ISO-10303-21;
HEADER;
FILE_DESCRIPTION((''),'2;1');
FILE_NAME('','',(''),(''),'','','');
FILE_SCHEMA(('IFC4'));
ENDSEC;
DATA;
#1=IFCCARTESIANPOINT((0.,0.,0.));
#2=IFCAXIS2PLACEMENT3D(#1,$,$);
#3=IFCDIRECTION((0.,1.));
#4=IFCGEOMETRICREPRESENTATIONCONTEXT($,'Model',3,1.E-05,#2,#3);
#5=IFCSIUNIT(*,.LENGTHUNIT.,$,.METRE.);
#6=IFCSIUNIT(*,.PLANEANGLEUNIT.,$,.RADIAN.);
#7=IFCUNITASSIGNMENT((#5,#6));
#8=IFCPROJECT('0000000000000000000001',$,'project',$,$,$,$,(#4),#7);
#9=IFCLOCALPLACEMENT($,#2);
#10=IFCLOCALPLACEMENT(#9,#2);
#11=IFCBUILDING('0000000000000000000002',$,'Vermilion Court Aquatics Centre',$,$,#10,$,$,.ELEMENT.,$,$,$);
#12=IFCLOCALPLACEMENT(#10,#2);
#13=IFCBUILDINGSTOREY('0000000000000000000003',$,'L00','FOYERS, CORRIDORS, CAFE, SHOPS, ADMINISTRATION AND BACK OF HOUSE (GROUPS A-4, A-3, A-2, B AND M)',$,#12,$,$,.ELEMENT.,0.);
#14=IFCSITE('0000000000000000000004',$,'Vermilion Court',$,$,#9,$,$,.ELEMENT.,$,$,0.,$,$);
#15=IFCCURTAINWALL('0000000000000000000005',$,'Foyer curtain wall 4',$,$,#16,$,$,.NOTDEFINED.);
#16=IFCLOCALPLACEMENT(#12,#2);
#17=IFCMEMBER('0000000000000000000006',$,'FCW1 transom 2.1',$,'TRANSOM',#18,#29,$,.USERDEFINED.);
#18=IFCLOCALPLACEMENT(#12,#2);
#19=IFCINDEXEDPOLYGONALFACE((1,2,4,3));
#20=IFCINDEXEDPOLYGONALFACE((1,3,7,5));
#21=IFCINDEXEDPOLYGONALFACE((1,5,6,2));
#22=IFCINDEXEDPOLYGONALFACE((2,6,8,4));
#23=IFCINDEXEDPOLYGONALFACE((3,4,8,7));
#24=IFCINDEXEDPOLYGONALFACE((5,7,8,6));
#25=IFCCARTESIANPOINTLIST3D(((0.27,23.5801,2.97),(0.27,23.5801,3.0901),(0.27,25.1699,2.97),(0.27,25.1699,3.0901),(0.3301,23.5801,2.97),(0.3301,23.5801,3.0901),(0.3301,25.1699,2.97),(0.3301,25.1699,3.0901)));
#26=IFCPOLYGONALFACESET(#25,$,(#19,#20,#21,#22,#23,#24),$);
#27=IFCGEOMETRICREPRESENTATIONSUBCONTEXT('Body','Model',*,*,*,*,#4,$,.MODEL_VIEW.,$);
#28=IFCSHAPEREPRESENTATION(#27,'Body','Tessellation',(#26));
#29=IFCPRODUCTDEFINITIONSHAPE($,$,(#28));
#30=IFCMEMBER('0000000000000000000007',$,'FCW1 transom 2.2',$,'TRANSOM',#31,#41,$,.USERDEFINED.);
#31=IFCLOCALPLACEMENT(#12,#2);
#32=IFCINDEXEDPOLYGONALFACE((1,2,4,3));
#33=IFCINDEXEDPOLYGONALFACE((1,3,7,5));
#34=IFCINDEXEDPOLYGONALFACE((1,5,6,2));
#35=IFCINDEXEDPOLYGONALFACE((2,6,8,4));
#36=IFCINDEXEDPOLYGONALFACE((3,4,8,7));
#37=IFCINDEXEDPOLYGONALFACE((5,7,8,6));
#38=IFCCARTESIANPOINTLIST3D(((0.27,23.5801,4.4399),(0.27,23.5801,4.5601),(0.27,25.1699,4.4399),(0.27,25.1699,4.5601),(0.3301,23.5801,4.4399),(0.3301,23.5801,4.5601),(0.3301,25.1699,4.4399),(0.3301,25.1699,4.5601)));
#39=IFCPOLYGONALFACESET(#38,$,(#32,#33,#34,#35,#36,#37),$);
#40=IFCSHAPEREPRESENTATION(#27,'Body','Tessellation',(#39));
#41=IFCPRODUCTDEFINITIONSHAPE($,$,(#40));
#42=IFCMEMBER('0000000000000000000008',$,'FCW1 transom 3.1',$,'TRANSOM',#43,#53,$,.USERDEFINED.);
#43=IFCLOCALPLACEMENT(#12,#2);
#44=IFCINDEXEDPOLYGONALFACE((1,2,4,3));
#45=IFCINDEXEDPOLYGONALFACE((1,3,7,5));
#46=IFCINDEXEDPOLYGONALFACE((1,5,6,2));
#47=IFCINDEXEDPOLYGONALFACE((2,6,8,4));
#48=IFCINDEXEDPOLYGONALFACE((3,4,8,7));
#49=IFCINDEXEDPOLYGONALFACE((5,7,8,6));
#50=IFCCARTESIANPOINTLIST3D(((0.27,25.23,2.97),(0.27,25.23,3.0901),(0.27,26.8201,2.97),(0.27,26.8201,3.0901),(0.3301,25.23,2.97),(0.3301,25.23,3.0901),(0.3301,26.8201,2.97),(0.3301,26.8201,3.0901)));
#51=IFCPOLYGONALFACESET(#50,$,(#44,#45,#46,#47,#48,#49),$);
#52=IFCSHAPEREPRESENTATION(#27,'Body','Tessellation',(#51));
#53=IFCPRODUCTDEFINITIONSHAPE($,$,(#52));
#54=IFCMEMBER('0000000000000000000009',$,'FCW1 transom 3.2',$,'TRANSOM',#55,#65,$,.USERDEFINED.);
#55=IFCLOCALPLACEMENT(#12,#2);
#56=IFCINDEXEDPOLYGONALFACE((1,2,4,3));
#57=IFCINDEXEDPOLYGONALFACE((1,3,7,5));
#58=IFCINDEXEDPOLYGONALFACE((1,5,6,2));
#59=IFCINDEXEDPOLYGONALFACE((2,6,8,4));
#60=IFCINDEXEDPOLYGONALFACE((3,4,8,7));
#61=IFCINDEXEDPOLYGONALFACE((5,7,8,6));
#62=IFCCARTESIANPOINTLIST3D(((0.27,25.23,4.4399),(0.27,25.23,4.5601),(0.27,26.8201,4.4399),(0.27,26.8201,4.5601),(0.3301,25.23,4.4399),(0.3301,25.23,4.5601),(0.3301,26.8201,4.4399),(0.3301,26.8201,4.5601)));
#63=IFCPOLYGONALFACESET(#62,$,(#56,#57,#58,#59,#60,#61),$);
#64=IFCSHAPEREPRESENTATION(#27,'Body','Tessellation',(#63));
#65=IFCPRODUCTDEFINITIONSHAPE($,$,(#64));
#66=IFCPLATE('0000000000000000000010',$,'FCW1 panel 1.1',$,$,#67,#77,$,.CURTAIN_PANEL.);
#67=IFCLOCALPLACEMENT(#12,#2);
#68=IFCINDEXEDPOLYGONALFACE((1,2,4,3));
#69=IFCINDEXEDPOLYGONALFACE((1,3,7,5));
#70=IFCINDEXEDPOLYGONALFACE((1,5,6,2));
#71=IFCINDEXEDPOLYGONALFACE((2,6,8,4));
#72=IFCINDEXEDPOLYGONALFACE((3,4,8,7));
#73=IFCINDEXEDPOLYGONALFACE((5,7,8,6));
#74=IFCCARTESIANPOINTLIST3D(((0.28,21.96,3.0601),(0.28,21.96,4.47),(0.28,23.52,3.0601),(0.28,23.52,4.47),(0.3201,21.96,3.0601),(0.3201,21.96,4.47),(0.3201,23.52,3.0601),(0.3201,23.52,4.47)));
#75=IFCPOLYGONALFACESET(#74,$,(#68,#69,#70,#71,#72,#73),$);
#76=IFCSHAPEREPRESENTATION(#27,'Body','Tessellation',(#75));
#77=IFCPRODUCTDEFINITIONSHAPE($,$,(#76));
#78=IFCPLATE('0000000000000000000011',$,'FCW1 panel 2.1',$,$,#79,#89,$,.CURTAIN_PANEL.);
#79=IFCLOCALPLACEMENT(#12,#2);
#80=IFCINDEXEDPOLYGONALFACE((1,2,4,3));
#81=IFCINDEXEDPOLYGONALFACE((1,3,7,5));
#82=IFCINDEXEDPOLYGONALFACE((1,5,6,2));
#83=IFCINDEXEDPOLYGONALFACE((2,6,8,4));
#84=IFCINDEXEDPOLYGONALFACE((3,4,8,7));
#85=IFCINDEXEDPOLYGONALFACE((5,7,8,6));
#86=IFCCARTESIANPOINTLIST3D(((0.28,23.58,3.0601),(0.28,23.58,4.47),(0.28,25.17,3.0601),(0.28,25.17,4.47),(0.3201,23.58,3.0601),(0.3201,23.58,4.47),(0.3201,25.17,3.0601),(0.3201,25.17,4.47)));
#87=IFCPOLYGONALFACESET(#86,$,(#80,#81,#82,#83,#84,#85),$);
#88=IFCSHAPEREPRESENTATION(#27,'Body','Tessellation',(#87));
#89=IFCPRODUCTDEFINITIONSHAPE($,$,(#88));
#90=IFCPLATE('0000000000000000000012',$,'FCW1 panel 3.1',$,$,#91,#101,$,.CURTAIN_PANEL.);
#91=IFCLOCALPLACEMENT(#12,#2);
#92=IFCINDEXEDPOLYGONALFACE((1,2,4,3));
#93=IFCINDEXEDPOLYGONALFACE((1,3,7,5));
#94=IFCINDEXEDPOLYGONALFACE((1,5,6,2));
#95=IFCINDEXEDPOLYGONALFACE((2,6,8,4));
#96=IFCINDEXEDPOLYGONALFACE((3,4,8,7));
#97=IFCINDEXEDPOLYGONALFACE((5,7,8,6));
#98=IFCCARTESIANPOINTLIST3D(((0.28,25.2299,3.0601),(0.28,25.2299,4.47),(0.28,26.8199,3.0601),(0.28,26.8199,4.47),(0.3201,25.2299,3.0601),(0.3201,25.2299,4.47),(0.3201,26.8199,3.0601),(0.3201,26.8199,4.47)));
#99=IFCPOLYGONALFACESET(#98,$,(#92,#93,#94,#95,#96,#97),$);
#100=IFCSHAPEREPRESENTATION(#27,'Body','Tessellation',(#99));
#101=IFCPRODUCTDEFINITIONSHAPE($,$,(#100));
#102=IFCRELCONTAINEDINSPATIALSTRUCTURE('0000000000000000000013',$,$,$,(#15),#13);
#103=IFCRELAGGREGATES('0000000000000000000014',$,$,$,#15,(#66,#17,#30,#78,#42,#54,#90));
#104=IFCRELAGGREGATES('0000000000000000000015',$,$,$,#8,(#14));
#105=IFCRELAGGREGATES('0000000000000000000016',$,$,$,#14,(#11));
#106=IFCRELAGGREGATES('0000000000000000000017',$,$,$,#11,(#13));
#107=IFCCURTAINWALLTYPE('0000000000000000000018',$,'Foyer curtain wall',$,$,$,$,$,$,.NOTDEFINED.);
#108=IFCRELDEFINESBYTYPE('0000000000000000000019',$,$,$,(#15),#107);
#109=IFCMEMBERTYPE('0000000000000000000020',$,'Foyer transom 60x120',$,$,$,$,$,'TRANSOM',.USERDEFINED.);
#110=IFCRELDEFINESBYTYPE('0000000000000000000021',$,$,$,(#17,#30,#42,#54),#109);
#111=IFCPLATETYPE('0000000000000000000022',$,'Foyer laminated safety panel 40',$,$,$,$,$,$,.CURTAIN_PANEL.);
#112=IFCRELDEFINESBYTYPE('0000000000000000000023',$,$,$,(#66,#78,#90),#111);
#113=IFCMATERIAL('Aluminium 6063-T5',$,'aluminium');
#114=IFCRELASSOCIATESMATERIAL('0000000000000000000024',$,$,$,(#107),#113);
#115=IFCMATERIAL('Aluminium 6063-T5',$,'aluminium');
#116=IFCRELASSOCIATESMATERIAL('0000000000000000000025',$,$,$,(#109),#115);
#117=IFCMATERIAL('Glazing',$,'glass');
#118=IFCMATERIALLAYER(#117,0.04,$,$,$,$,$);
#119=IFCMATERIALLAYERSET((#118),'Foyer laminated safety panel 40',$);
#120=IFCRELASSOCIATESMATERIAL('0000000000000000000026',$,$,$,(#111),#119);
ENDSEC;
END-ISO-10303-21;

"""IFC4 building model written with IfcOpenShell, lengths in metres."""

from ifc_helpers import new_model, si_unit, direction, frame, origin, origin_2d, place, context, subcontext, project, spatial, rectangle, extrude, material, layer, layer_set, material_profile, profile_set, type_object, element, aggregate, save


model = new_model("IFC4")

# Units and contexts
model_context = context("Model", 3, precision=1e-05, world=origin(), true_north=direction((0.0, 1.0)))
body_context = subcontext(model_context, "Body", "Model", "MODEL_VIEW")
ifc_project = project(units=[si_unit("LENGTHUNIT", "METRE"), si_unit("PLANEANGLEUNIT", "RADIAN")], contexts=[model_context])

# Site, building, storey
site_placement = place(None, origin())
site = spatial("IfcSite", under=ifc_project, at=site_placement, Name="Vermilion Court", CompositionType="ELEMENT", RefElevation=0.0)
building_placement = place(site_placement, origin())
building = spatial("IfcBuilding", under=site, at=building_placement, Name="Vermilion Court Aquatics Centre", CompositionType="ELEMENT")
storey_placement = place(building_placement, origin())
storey = spatial("IfcBuildingStorey", under=building, at=storey_placement, Name="L00", Description="FOYERS, CORRIDORS, CAFE, SHOPS, ADMINISTRATION AND BACK OF HOUSE (GROUPS A-4, A-3, A-2, B AND M)", CompositionType="ELEMENT", Elevation=0.0)

# Curtain wall, members, plates
ifc_material_1 = material(Name="Aluminium 6063-T5", Category="aluminium")
curtain_wall_type = type_object("IfcCurtainWallType", Name="Foyer curtain wall", PredefinedType="NOTDEFINED", material=ifc_material_1)
curtain_wall_placement = place(storey_placement, origin())
curtain_wall = element("IfcCurtainWall", 1, at=curtain_wall_placement, inside=storey, type_object=curtain_wall_type, Name="Foyer curtain wall 4", PredefinedType="NOTDEFINED")
ifc_material_2 = material(Name="Aluminium 6063-T5", Category="aluminium")
ifc_material_profile_1 = material_profile(ifc_material_2, rectangle(XDim=0.0601, YDim=0.1201, at=origin_2d()), Name="Aluminium 60x120")
ifc_profile_set_1 = profile_set([ifc_material_profile_1], Name="Aluminium 6063-T5")
member_type_1 = type_object("IfcMemberType", Name="Foyer transom 60x120", ElementType="TRANSOM", PredefinedType="USERDEFINED", material=ifc_profile_set_1)
member_1_placement = place(storey_placement, frame((0.3, 23.5801, 3.03), z_axis=(0.0, 1.0, 0.0), x_axis=(-1.0, 0.0, 0.0)))
member_1 = element("IfcMember", 2, at=member_1_placement, type_object=member_type_1, Name="FCW1 transom 2.1", ObjectType="TRANSOM", PredefinedType="USERDEFINED", context=body_context, shape_type="SweptSolid", body=[
    extrude(rectangle(XDim=0.0601, YDim=0.1201, at=origin_2d()), origin(), (0.0, 0.0, 1.0), 1.5898),
])
member_2_placement = place(storey_placement, frame((0.3, 23.5801, 4.5), z_axis=(0.0, 1.0, 0.0), x_axis=(-1.0, 0.0, 0.0)))
member_2 = element("IfcMember", 3, at=member_2_placement, type_object=member_type_1, Name="FCW1 transom 2.2", ObjectType="TRANSOM", PredefinedType="USERDEFINED", context=body_context, shape_type="SweptSolid", body=[
    extrude(rectangle(XDim=0.0601, YDim=0.1201, at=origin_2d()), origin(), (0.0, 0.0, 1.0), 1.5898),
])
member_3_placement = place(storey_placement, frame((0.3, 25.23, 3.03), z_axis=(0.0, 1.0, 0.0), x_axis=(-1.0, 0.0, 0.0)))
member_3 = element("IfcMember", 4, at=member_3_placement, type_object=member_type_1, Name="FCW1 transom 3.1", ObjectType="TRANSOM", PredefinedType="USERDEFINED", context=body_context, shape_type="SweptSolid", body=[
    extrude(rectangle(XDim=0.0601, YDim=0.1201, at=origin_2d()), origin(), (0.0, 0.0, 1.0), 1.5901),
])
member_4_placement = place(storey_placement, frame((0.3, 25.23, 4.5), z_axis=(0.0, 1.0, 0.0), x_axis=(-1.0, 0.0, 0.0)))
member_4 = element("IfcMember", 5, at=member_4_placement, type_object=member_type_1, Name="FCW1 transom 3.2", ObjectType="TRANSOM", PredefinedType="USERDEFINED", context=body_context, shape_type="SweptSolid", body=[
    extrude(rectangle(XDim=0.0601, YDim=0.1201, at=origin_2d()), origin(), (0.0, 0.0, 1.0), 1.5901),
])
ifc_material_3 = material(Name="Glazing", Category="glass")
ifc_layer_1 = layer(ifc_material_3, 0.04)
ifc_layer_set_1 = layer_set([ifc_layer_1], Name="Foyer laminated safety panel 40")
plate_type = type_object("IfcPlateType", Name="Foyer laminated safety panel 40", PredefinedType="CURTAIN_PANEL", material=ifc_layer_set_1)
plate_1_placement = place(storey_placement, frame((0.3, 22.74, 3.0601), z_axis=(0.0, 0.0, 1.0), x_axis=(0.0, 1.0, 0.0)))
plate_1 = element("IfcPlate", 6, at=plate_1_placement, type_object=plate_type, Name="FCW1 panel 1.1", PredefinedType="CURTAIN_PANEL", context=body_context, shape_type="SweptSolid", body=[
    extrude(rectangle(XDim=1.5601, YDim=0.04, at=origin_2d()), origin(), (0.0, 0.0, 1.0), 1.4099),
])
plate_2_placement = place(storey_placement, frame((0.3, 24.375, 3.0601), z_axis=(0.0, 0.0, 1.0), x_axis=(0.0, 1.0, 0.0)))
plate_2 = element("IfcPlate", 7, at=plate_2_placement, type_object=plate_type, Name="FCW1 panel 2.1", PredefinedType="CURTAIN_PANEL", context=body_context, shape_type="SweptSolid", body=[
    extrude(rectangle(XDim=1.5901, YDim=0.04, at=origin_2d()), origin(), (0.0, 0.0, 1.0), 1.4099),
])
plate_3_placement = place(storey_placement, frame((0.3, 26.0249, 3.0601), z_axis=(0.0, 0.0, 1.0), x_axis=(0.0, 1.0, 0.0)))
plate_3 = element("IfcPlate", 8, at=plate_3_placement, type_object=plate_type, Name="FCW1 panel 3.1", PredefinedType="CURTAIN_PANEL", context=body_context, shape_type="SweptSolid", body=[
    extrude(rectangle(XDim=1.5901, YDim=0.04, at=origin_2d()), origin(), (0.0, 0.0, 1.0), 1.4099),
])
aggregate(curtain_wall, [plate_1, member_1, member_2, plate_2, member_3, member_4, plate_3])

save(model, "model.ifc")
